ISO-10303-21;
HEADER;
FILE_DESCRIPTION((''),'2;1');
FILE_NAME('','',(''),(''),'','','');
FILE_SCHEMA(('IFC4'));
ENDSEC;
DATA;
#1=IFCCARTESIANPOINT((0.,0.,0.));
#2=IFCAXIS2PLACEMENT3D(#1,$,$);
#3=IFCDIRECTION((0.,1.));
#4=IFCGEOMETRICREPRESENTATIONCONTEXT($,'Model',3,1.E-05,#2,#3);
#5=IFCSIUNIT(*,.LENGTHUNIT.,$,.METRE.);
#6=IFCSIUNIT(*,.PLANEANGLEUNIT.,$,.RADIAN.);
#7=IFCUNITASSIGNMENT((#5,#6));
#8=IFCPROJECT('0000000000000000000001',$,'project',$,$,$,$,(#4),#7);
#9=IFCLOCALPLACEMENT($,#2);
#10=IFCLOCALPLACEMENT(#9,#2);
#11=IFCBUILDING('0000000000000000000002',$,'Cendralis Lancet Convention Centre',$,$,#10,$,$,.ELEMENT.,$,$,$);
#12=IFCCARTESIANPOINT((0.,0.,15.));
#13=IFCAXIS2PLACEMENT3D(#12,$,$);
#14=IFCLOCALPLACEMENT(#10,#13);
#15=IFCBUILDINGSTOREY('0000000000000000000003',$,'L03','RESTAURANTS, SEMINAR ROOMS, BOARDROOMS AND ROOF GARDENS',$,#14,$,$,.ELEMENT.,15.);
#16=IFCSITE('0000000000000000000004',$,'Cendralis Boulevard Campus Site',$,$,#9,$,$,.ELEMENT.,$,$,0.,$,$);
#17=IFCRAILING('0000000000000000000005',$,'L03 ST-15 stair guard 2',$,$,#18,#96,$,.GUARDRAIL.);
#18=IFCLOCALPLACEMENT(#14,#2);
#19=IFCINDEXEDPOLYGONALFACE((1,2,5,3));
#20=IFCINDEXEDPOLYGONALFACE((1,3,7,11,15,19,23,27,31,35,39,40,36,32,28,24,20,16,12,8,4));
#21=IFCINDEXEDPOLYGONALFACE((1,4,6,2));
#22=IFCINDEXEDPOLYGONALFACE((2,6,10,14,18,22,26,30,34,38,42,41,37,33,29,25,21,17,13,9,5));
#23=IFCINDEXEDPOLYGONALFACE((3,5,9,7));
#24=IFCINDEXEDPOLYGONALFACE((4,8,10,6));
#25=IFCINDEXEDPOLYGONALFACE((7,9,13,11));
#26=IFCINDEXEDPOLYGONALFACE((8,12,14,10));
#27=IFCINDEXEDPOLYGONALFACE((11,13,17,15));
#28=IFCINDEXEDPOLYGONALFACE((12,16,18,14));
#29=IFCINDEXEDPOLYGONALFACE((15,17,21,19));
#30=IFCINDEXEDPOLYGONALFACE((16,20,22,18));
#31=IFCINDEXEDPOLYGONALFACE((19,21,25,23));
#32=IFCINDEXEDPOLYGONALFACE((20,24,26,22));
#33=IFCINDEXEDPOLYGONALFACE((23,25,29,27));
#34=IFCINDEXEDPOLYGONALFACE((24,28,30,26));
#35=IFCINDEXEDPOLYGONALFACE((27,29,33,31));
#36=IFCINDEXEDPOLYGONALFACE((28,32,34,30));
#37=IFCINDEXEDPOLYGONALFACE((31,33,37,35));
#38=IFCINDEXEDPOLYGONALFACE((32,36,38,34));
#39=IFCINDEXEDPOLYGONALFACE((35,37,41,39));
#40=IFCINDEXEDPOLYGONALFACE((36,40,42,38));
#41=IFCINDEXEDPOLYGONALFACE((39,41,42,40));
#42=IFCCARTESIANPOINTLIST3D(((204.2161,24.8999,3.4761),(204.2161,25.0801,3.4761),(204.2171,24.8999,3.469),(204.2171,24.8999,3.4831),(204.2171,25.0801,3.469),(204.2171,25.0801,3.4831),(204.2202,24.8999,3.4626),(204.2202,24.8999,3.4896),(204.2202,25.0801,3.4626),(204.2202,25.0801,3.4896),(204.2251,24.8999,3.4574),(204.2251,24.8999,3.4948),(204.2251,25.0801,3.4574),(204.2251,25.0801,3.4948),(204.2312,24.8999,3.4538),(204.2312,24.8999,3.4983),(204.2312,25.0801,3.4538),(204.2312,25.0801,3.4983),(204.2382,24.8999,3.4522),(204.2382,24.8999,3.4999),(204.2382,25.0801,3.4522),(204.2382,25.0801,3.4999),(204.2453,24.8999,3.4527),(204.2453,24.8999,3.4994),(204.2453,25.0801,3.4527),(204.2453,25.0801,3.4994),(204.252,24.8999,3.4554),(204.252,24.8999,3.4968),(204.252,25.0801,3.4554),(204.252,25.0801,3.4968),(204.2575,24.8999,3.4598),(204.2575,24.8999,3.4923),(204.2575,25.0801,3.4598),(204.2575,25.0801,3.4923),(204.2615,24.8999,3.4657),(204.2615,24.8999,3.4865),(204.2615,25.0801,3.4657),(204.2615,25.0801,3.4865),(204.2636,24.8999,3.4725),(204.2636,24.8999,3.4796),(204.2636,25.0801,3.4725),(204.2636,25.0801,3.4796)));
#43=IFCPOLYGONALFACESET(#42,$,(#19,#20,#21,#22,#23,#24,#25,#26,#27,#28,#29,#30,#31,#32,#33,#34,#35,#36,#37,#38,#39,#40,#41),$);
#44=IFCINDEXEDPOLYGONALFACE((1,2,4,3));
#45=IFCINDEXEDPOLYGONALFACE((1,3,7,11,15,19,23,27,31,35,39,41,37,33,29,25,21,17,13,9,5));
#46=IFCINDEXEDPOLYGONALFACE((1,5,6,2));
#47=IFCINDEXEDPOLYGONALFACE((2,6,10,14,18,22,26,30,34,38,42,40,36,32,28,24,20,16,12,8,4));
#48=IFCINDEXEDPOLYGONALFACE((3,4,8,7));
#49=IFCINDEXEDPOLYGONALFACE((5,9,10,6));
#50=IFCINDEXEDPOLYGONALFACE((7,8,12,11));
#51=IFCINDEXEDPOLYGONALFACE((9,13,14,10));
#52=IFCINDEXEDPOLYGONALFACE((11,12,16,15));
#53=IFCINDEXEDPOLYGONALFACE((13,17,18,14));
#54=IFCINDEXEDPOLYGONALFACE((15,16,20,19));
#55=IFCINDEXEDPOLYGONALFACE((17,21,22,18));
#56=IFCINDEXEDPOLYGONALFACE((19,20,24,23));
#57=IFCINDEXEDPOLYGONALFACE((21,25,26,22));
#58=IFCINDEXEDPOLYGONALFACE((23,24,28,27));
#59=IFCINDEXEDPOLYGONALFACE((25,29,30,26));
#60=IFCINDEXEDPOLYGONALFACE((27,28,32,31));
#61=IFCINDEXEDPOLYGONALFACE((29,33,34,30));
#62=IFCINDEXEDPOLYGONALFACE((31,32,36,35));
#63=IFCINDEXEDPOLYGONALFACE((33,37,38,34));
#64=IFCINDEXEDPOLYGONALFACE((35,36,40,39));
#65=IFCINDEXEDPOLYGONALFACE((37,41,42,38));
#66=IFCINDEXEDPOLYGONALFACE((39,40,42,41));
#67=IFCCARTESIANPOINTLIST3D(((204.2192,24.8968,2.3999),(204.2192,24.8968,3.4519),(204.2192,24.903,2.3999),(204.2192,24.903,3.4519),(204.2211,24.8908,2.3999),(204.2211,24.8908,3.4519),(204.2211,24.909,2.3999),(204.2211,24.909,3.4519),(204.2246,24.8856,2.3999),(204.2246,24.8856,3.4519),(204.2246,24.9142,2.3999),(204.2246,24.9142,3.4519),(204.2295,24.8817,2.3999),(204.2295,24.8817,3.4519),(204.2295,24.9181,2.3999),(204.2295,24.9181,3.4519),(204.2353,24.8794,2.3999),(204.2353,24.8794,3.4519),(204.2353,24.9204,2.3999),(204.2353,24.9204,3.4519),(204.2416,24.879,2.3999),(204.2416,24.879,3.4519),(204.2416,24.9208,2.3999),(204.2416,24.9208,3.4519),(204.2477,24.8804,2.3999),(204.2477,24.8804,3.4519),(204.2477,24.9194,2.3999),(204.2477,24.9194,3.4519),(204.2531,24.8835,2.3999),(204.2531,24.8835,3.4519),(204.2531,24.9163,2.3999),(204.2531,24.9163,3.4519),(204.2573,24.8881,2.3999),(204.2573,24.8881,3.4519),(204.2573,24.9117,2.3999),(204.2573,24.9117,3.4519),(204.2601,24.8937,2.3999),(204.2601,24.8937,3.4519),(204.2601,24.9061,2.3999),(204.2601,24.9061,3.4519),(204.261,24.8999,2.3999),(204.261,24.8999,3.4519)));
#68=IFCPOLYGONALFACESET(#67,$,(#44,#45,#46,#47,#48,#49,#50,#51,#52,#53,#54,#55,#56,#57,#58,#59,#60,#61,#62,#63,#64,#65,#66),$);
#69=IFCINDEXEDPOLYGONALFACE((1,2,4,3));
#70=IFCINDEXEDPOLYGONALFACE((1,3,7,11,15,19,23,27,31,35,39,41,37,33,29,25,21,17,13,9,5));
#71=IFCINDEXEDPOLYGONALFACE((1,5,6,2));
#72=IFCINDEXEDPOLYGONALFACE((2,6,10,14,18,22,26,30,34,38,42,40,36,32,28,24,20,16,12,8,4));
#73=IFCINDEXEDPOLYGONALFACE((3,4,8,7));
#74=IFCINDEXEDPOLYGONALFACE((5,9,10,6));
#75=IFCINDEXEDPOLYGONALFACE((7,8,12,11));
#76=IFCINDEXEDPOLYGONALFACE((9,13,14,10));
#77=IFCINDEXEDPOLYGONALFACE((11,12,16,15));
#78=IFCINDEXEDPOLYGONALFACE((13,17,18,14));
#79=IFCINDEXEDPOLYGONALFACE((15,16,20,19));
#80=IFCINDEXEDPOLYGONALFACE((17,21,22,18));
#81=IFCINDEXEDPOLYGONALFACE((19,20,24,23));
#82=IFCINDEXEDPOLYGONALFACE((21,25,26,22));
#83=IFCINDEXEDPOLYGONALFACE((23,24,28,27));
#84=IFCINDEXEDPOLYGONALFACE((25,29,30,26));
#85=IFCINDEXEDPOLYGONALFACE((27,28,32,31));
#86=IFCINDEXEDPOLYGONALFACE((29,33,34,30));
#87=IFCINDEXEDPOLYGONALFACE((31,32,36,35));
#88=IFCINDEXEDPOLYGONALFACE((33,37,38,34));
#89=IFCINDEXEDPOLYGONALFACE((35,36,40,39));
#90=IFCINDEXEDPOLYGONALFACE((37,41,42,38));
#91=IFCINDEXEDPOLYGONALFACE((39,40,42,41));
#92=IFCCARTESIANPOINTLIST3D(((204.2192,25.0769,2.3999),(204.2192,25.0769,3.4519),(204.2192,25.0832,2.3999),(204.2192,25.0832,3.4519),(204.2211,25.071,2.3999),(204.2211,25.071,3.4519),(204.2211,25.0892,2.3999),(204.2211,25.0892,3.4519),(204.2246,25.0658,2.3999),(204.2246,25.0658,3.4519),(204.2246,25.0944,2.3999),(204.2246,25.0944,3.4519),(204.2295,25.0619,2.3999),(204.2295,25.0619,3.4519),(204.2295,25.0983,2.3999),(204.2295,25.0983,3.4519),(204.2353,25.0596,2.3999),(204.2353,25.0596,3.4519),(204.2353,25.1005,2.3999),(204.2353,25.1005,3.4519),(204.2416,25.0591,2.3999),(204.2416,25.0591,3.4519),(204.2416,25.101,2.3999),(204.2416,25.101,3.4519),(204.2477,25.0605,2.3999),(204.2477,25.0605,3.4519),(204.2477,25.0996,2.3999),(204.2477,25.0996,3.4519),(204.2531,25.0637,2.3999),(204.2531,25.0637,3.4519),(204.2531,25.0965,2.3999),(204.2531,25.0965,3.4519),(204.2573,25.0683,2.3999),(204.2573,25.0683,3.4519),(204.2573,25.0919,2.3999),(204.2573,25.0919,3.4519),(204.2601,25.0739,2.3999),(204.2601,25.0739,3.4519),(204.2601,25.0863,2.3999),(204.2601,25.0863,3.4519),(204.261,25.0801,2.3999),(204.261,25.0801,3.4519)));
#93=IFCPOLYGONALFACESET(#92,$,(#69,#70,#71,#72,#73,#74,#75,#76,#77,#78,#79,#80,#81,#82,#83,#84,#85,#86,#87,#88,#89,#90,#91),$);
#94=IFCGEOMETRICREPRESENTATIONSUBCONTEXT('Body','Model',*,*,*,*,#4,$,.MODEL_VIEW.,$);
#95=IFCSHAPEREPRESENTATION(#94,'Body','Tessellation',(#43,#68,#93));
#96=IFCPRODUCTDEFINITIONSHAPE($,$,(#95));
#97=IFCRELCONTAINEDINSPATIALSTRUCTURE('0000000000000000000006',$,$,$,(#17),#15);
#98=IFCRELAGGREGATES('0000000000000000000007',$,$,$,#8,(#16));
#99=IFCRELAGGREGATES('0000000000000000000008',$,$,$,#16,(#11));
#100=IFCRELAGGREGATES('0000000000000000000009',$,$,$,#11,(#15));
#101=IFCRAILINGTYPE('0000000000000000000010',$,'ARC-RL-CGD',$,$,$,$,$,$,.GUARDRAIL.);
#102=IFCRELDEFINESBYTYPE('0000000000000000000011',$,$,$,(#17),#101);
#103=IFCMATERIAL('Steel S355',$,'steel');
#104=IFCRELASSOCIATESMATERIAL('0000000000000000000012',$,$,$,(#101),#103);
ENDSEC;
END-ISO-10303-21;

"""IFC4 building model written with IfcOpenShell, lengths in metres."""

from ifc_helpers import new_model, si_unit, direction, frame, origin, origin_2d, place, context, subcontext, project, spatial, circle, extrude, material, type_object, element, save


model = new_model("IFC4")

# Units and contexts
model_context = context("Model", 3, precision=1e-05, world=origin(), true_north=direction((0.0, 1.0)))
body_context = subcontext(model_context, "Body", "Model", "MODEL_VIEW")
ifc_project = project(units=[si_unit("LENGTHUNIT", "METRE"), si_unit("PLANEANGLEUNIT", "RADIAN")], contexts=[model_context])

# Site, building, storey
site_placement = place(None, origin())
site = spatial("IfcSite", under=ifc_project, at=site_placement, Name="Cendralis Boulevard Campus Site", CompositionType="ELEMENT", RefElevation=0.0)
building_placement = place(site_placement, origin())
building = spatial("IfcBuilding", under=site, at=building_placement, Name="Cendralis Lancet Convention Centre", CompositionType="ELEMENT")
storey_placement = place(building_placement, frame((0.0, 0.0, 15.0)))
storey = spatial("IfcBuildingStorey", under=building, at=storey_placement, Name="L03", Description="RESTAURANTS, SEMINAR ROOMS, BOARDROOMS AND ROOF GARDENS", CompositionType="ELEMENT", Elevation=15.0)

# Shared definitions
ifc_material_1 = material(Name="Steel S355", Category="steel")

# Railing
railing_type_1 = type_object("IfcRailingType", Name="ARC-RL-CGD", PredefinedType="GUARDRAIL", material=ifc_material_1)
railing_1_placement = place(storey_placement, frame((204.24, 24.8999, 2.3999)))
element("IfcRailing", 1, at=railing_1_placement, inside=storey, type_object=railing_type_1, Name="L03 ST-15 stair guard 2", PredefinedType="GUARDRAIL", context=body_context, shape_type="SweptSolid", body=[
    extrude(circle(Radius=0.0239, at=origin_2d()), frame((0.0, 0.0, 1.0762), z_axis=(0.0, 1.0, 0.0), x_axis=(-1.0, 0.0, 0.0)), (0.0, 0.0, 1.0), 0.1802),
    extrude(circle(Radius=0.021, at=origin_2d()), origin(), (0.0, 0.0, 1.0), 1.052),
    extrude(circle(Radius=0.021, at=origin_2d()), frame((0.0, 0.1802, 0.0)), (0.0, 0.0, 1.0), 1.052),
])

save(model, "model.ifc")
